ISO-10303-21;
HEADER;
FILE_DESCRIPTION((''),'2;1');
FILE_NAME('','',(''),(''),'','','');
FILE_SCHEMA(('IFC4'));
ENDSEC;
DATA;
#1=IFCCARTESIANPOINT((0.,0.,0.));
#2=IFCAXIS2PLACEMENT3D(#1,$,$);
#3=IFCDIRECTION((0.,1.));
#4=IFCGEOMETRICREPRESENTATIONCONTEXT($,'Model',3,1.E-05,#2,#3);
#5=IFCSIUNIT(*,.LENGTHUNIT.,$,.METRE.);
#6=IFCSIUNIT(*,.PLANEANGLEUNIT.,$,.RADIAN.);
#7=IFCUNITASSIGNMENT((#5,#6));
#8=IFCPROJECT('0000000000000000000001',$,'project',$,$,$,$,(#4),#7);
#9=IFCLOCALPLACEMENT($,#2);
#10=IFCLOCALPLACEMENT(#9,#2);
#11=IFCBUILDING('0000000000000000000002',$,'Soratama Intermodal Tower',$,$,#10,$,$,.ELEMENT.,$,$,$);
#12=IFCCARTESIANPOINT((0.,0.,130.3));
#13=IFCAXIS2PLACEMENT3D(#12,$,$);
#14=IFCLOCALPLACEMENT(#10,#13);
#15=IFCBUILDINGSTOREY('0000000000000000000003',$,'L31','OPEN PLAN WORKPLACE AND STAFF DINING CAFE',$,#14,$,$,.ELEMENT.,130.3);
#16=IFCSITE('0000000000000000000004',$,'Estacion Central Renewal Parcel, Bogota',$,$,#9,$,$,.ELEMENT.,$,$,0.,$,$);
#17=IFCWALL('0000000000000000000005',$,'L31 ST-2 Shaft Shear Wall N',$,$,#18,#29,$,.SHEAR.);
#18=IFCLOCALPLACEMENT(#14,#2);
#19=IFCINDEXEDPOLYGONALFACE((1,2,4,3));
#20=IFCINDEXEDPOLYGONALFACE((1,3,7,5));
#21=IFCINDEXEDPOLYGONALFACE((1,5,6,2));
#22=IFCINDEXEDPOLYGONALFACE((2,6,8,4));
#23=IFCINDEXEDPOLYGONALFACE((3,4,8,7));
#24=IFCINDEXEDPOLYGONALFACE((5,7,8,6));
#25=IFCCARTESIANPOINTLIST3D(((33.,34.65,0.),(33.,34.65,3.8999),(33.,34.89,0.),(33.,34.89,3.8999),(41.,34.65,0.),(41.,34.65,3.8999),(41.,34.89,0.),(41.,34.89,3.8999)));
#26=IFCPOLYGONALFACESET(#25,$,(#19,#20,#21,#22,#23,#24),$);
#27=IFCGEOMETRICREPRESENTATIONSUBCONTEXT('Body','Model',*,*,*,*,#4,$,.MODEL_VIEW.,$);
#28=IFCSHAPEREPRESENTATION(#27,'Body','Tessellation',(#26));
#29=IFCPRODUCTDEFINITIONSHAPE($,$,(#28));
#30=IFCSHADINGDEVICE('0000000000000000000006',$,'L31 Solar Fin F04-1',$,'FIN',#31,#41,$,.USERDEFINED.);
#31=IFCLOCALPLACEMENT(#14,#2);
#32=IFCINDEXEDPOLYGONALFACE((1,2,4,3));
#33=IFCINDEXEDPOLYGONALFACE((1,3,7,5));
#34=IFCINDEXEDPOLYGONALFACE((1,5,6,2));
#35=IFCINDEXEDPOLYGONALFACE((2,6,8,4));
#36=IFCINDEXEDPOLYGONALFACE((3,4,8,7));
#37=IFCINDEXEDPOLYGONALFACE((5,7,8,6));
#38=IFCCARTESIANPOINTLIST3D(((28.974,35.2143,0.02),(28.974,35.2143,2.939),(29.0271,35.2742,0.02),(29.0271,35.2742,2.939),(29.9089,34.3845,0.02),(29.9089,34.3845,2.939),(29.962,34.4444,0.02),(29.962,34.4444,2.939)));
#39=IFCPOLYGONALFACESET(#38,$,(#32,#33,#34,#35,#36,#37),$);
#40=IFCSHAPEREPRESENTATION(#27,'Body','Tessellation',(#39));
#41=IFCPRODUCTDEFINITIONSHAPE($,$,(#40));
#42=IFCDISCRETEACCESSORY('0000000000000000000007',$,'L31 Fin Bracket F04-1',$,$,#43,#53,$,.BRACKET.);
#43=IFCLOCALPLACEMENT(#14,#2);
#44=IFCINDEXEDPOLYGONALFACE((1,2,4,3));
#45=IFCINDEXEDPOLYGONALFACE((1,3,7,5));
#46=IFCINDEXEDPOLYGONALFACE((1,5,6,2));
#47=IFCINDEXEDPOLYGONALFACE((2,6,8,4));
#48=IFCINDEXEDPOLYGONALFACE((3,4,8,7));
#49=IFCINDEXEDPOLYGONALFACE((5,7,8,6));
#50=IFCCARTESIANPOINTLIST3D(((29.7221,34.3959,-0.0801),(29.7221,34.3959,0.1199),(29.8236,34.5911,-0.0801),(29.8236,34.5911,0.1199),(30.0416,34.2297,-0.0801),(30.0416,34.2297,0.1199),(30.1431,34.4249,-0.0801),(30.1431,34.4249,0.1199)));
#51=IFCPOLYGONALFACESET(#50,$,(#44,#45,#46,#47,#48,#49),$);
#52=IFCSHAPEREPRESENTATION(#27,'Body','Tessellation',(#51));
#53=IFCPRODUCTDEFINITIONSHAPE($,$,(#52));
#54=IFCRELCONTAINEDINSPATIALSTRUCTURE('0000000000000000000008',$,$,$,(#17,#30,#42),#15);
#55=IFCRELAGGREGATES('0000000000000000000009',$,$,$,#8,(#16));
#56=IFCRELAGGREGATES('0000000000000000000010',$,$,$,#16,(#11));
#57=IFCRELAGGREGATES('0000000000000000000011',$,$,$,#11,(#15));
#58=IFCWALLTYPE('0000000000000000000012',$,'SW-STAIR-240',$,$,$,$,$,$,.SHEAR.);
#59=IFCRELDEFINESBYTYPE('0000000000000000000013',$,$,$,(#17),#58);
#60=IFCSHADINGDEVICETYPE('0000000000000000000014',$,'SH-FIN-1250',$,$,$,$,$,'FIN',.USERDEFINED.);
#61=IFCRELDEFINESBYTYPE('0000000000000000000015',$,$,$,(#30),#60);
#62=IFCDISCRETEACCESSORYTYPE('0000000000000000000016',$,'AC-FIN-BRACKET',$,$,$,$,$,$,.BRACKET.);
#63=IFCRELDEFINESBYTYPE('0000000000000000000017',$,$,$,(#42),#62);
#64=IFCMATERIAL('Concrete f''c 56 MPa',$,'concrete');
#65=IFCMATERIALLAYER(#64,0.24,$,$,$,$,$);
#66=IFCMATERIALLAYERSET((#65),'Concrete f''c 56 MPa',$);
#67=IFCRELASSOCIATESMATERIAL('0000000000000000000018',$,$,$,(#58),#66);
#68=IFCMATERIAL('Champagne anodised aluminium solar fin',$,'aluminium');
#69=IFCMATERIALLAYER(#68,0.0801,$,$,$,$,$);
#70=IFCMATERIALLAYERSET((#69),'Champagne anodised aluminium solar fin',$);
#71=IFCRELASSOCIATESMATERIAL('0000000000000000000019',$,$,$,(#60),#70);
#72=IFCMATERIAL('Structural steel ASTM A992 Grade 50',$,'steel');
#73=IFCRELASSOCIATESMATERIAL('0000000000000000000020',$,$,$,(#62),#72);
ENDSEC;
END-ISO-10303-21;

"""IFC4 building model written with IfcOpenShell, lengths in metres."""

from ifc_helpers import new_model, si_unit, direction, frame, frame_2d, origin, origin_2d, place, context, subcontext, project, spatial, rectangle, extrude, material, layer, layer_set, type_object, element, save


model = new_model("IFC4")

# Units and contexts
model_context = context("Model", 3, precision=1e-05, world=origin(), true_north=direction((0.0, 1.0)))
body_context = subcontext(model_context, "Body", "Model", "MODEL_VIEW")
ifc_project = project(units=[si_unit("LENGTHUNIT", "METRE"), si_unit("PLANEANGLEUNIT", "RADIAN")], contexts=[model_context])

# Site, building, storey
site_placement = place(None, origin())
site = spatial("IfcSite", under=ifc_project, at=site_placement, Name="Estacion Central Renewal Parcel, Bogota", CompositionType="ELEMENT", RefElevation=0.0)
building_placement = place(site_placement, origin())
building = spatial("IfcBuilding", under=site, at=building_placement, Name="Soratama Intermodal Tower", CompositionType="ELEMENT")
storey_placement = place(building_placement, frame((0.0, 0.0, 130.3)))
storey = spatial("IfcBuildingStorey", under=building, at=storey_placement, Name="L31", Description="OPEN PLAN WORKPLACE AND STAFF DINING CAFE", CompositionType="ELEMENT", Elevation=130.3)

# Wall
ifc_material_1 = material(Name="Concrete f'c 56 MPa", Category="concrete")
ifc_layer_1 = layer(ifc_material_1, 0.24)
ifc_layer_set_1 = layer_set([ifc_layer_1], Name="Concrete f'c 56 MPa")
wall_type_1 = type_object("IfcWallType", Name="SW-STAIR-240", PredefinedType="SHEAR", material=ifc_layer_set_1)
wall_1_placement = place(storey_placement, frame((33.0, 34.77, 0.0), z_axis=(0.0, 0.0, 1.0), x_axis=(1.0, 0.0, 0.0)))
element("IfcWall", 1, at=wall_1_placement, inside=storey, type_object=wall_type_1, Name="L31 ST-2 Shaft Shear Wall N", PredefinedType="SHEAR", context=body_context, shape_type="SweptSolid", body=[
    extrude(rectangle(XDim=8.0, YDim=0.24, at=frame_2d((4.0, 0.0))), origin(), (0.0, 0.0, 1.0), 3.8999),
])

# Shading device
ifc_material_2 = material(Name="Champagne anodised aluminium solar fin", Category="aluminium")
ifc_layer_2 = layer(ifc_material_2, 0.0801)
ifc_layer_set_2 = layer_set([ifc_layer_2], Name="Champagne anodised aluminium solar fin")
shading_device_type = type_object("IfcShadingDeviceType", Name="SH-FIN-1250", ElementType="FIN", PredefinedType="USERDEFINED", material=ifc_layer_set_2)
shading_device_placement = place(storey_placement, frame((29.468, 34.8293, 0.02), z_axis=(0.0, 0.0, 1.0), x_axis=(-0.747914, 0.663796, 0.0)))
element("IfcShadingDevice", 2, at=shading_device_placement, inside=storey, type_object=shading_device_type, Name="L31 Solar Fin F04-1", ObjectType="FIN", PredefinedType="USERDEFINED", context=body_context, shape_type="SweptSolid", body=[
    extrude(rectangle(XDim=1.25, YDim=0.0801, at=origin_2d()), origin(), (0.0, 0.0, 1.0), 2.9189),
])

# Discrete accessory
ifc_material_3 = material(Name="Structural steel ASTM A992 Grade 50", Category="steel")
discrete_accessory_type = type_object("IfcDiscreteAccessoryType", Name="AC-FIN-BRACKET", PredefinedType="BRACKET", material=ifc_material_3)
discrete_accessory_placement = place(storey_placement, frame((29.9326, 34.4104, -0.0801), z_axis=(0.0, 0.0, 1.0), x_axis=(-0.887172, 0.461439, 0.0)))
element("IfcDiscreteAccessory", 3, at=discrete_accessory_placement, inside=storey, type_object=discrete_accessory_type, Name="L31 Fin Bracket F04-1", PredefinedType="BRACKET", context=body_context, shape_type="SweptSolid", body=[
    extrude(rectangle(XDim=0.3601, YDim=0.22, at=origin_2d()), origin(), (0.0, 0.0, 1.0), 0.2),
])

save(model, "model.ifc")
